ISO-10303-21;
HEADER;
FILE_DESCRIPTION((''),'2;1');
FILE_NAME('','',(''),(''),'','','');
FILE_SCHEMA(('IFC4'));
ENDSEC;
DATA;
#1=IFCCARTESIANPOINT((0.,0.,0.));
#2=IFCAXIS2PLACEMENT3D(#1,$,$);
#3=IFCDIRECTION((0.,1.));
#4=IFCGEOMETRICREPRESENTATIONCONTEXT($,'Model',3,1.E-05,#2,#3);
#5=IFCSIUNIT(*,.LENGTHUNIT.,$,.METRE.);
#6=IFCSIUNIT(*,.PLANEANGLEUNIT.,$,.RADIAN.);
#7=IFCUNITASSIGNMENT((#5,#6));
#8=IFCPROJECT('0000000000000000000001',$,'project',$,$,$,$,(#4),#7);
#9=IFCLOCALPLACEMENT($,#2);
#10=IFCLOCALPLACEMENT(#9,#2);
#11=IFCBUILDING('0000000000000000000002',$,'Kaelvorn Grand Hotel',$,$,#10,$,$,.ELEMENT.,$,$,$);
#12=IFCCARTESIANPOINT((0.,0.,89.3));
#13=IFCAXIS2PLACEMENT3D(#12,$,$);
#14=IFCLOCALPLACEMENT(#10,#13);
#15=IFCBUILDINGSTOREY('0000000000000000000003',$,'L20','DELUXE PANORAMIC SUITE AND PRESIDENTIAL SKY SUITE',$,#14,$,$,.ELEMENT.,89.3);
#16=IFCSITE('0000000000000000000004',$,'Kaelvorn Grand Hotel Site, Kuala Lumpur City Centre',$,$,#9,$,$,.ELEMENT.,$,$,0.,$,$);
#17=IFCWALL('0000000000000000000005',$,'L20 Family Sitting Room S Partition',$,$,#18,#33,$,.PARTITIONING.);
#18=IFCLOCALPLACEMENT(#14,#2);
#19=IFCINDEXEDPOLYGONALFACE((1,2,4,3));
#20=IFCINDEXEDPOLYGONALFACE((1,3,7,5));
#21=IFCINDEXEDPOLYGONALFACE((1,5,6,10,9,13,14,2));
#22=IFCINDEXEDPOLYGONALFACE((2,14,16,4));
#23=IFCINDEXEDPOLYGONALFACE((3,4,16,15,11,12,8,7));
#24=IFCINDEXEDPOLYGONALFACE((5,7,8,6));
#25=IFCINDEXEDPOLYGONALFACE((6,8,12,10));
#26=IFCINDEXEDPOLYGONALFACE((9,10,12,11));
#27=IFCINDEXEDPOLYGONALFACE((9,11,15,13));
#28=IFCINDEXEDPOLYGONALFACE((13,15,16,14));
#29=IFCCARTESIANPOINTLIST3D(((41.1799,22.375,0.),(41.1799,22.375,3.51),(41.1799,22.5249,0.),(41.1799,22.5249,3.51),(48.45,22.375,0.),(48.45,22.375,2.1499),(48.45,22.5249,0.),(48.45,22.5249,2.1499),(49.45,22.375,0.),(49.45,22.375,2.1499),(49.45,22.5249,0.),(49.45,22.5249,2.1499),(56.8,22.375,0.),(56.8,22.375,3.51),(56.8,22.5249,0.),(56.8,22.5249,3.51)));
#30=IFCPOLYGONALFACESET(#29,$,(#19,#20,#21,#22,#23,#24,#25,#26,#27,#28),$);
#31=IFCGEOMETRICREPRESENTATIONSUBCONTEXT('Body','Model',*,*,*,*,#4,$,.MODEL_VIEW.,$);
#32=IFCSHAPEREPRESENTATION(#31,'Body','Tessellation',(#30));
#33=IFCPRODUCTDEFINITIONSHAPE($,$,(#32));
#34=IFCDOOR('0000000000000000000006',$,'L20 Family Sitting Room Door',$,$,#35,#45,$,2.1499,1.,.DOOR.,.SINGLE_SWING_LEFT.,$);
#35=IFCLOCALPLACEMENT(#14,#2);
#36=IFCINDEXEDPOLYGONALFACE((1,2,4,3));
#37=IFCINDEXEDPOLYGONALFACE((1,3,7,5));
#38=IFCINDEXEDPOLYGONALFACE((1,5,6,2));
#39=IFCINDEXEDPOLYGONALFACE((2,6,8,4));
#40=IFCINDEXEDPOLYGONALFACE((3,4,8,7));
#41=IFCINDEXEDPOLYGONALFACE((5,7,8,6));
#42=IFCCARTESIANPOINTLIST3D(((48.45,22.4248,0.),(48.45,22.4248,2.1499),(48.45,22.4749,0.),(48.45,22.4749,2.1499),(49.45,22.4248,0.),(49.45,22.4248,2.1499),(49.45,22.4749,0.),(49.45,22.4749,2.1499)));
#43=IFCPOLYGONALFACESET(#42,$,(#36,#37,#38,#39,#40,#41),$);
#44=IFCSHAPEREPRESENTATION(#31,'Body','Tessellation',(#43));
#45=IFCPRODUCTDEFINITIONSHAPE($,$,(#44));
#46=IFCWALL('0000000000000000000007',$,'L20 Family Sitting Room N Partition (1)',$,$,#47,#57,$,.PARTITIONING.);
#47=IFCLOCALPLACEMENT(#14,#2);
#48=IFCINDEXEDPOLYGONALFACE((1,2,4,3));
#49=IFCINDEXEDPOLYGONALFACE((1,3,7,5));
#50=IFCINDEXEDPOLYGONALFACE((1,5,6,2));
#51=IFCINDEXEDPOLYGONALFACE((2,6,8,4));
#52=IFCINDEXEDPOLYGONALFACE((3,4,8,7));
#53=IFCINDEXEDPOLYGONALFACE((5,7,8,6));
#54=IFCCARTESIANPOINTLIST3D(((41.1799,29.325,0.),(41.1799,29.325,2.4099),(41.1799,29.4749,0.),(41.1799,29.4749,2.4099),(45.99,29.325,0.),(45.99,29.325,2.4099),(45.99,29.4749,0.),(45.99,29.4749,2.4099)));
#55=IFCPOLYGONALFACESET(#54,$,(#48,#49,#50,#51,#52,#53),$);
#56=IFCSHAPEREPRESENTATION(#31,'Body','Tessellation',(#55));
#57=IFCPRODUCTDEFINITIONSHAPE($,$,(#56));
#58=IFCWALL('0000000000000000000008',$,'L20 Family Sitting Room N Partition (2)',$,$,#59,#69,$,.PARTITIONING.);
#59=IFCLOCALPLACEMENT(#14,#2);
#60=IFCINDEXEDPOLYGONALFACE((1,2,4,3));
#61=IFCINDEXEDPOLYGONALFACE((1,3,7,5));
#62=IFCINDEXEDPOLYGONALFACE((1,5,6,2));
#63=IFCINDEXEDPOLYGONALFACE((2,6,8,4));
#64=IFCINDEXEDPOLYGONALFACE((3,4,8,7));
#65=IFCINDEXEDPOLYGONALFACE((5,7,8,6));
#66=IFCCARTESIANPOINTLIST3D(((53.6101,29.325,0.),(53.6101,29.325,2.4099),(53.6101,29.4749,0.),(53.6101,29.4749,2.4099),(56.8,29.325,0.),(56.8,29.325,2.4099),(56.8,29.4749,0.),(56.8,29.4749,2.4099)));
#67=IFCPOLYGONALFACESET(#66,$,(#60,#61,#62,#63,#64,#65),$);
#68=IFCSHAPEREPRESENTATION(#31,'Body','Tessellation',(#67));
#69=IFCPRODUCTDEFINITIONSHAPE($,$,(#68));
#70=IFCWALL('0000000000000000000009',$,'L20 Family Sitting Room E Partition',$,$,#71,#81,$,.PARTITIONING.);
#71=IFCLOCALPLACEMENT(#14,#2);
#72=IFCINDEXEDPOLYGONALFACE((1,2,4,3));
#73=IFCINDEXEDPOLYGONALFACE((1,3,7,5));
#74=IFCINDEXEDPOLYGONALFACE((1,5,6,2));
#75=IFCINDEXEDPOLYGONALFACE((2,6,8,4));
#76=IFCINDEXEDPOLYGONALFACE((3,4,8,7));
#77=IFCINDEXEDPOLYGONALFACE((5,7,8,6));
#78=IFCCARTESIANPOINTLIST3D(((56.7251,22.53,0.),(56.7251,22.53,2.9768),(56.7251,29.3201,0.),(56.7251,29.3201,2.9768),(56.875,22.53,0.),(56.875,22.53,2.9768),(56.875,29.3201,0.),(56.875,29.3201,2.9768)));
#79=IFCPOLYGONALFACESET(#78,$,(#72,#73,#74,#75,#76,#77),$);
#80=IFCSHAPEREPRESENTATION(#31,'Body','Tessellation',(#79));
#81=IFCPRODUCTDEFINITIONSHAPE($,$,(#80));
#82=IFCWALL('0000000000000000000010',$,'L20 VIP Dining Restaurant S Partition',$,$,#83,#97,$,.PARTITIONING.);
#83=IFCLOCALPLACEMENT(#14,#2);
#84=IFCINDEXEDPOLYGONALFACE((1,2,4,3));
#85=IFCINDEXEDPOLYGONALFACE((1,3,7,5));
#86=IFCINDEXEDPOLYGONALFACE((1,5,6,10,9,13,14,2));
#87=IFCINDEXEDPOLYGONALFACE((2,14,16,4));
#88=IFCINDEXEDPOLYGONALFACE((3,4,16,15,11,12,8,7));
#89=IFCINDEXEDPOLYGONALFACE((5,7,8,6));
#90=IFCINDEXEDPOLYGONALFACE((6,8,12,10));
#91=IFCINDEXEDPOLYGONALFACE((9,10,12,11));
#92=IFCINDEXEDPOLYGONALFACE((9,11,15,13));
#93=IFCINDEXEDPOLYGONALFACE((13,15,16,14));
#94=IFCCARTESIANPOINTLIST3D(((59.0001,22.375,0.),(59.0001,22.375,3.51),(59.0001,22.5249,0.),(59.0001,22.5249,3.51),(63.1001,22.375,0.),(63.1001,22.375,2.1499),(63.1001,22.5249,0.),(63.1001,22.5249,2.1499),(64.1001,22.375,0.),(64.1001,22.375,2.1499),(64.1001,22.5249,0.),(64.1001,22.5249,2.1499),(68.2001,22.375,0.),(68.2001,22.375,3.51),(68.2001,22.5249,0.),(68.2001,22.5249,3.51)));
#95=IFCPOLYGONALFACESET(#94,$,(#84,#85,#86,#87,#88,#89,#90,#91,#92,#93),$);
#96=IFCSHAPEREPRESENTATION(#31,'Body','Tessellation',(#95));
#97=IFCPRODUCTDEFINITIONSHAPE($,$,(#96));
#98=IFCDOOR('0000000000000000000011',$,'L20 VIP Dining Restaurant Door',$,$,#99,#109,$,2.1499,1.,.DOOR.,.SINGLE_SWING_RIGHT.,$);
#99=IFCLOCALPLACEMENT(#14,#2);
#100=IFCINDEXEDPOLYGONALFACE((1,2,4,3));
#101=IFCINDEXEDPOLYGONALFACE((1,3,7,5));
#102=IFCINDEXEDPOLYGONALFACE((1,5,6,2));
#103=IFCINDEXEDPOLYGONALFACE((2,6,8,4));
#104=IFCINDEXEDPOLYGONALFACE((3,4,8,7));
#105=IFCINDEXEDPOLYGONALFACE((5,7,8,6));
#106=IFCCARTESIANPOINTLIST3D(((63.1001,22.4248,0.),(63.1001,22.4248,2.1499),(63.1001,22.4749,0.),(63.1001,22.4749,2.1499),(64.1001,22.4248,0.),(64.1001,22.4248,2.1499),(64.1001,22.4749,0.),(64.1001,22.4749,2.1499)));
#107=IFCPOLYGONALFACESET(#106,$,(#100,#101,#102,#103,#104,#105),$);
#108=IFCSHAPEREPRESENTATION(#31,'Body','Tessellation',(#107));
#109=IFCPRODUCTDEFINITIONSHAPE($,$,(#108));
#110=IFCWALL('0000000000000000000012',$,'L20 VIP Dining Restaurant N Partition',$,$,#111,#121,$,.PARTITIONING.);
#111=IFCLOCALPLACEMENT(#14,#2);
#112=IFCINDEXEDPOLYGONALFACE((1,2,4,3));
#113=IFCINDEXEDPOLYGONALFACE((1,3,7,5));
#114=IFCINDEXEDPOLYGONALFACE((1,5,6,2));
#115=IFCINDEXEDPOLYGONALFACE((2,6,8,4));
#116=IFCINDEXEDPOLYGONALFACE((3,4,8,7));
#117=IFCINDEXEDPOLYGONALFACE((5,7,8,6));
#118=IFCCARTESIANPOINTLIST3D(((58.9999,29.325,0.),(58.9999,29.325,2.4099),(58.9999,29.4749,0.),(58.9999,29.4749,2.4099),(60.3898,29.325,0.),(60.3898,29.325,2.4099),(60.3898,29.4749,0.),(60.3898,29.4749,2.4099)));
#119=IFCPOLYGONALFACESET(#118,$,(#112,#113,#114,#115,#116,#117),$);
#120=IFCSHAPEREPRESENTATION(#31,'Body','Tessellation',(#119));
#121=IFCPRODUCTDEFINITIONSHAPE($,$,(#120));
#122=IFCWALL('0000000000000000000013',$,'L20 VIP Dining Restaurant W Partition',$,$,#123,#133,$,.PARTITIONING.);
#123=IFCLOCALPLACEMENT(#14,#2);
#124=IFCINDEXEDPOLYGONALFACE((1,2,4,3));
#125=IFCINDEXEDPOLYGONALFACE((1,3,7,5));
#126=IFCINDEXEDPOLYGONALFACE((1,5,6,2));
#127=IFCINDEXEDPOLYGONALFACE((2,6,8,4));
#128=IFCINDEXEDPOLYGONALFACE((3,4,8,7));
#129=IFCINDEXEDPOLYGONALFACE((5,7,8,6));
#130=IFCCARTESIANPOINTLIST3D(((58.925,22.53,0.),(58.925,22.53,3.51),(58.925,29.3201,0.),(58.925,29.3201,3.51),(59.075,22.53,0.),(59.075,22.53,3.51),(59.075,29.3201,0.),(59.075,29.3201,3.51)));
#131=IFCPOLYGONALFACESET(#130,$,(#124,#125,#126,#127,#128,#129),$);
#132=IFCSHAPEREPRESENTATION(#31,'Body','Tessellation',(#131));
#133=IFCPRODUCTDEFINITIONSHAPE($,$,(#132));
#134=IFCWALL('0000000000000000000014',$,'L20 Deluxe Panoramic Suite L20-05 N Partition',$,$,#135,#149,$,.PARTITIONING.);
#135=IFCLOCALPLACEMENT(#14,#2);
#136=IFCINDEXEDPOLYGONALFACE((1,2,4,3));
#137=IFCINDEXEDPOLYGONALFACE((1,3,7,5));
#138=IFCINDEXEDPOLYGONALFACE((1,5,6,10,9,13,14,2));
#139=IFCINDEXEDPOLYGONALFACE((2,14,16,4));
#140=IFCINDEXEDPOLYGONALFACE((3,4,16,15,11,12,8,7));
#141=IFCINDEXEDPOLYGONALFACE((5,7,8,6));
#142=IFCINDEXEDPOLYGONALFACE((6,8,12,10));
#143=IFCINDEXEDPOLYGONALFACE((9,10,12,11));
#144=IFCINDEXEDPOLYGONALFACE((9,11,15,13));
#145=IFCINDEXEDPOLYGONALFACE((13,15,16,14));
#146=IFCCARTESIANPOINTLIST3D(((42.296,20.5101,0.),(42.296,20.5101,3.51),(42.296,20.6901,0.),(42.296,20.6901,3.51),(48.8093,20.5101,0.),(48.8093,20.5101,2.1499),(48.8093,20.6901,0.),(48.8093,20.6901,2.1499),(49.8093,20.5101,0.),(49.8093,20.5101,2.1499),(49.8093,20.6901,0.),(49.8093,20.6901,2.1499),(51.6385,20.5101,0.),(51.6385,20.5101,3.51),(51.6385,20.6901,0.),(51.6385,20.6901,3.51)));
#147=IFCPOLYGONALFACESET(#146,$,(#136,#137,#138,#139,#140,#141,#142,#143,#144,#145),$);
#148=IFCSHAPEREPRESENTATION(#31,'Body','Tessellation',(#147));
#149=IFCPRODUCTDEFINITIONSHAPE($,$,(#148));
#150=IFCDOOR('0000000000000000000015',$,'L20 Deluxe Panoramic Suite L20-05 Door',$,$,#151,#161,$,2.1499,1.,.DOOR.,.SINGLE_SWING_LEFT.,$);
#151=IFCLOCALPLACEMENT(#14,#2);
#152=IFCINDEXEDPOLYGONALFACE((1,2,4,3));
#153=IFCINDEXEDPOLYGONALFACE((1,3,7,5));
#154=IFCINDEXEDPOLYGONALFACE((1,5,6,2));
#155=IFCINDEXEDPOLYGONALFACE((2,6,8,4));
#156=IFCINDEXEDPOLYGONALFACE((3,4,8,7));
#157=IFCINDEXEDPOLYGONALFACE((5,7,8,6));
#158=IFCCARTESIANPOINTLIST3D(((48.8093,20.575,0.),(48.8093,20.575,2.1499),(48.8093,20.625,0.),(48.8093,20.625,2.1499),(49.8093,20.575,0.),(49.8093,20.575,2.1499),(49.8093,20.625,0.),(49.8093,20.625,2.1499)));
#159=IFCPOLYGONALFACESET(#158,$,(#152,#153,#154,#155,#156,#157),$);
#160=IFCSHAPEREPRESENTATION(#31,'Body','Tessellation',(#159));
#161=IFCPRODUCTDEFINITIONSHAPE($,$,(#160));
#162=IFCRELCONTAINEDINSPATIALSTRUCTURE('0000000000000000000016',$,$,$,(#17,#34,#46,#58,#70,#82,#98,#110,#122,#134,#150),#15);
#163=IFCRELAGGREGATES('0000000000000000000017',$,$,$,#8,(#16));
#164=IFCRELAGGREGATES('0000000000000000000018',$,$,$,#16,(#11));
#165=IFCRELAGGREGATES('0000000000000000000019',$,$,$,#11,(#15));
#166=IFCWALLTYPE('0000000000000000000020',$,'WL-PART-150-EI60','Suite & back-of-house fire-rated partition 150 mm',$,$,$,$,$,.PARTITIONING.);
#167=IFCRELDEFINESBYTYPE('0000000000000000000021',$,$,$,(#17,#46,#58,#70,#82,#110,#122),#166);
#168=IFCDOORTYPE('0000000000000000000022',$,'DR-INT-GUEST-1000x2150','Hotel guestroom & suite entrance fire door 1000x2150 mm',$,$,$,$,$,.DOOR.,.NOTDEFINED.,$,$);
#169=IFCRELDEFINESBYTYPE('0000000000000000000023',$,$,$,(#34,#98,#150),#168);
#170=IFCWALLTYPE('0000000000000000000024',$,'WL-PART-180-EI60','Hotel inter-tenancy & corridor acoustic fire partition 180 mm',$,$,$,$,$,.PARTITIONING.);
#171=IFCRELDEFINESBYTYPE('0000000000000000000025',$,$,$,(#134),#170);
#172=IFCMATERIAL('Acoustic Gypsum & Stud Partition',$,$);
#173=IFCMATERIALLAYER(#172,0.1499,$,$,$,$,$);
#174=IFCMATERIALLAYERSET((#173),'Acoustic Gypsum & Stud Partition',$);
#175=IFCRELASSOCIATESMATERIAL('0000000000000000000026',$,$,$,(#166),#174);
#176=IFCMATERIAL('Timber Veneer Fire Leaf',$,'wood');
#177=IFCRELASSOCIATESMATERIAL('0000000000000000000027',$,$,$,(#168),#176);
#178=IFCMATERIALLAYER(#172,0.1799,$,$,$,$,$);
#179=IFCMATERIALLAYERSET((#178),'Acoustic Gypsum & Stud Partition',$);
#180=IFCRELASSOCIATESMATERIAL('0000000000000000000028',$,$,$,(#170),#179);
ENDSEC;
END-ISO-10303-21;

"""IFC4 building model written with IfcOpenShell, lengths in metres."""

from ifc_helpers import new_model, si_unit, direction, frame, frame_2d, origin, place, context, subcontext, project, spatial, rectangle, extrude, material, layer, layer_set, type_object, element, fill, save


model = new_model("IFC4")

# Units and contexts
model_context = context("Model", 3, precision=1e-05, world=origin(), true_north=direction((0.0, 1.0)))
body_context = subcontext(model_context, "Body", "Model", "MODEL_VIEW")
ifc_project = project(units=[si_unit("LENGTHUNIT", "METRE"), si_unit("PLANEANGLEUNIT", "RADIAN")], contexts=[model_context])

# Site, building, storey
site_placement = place(None, origin())
site = spatial("IfcSite", under=ifc_project, at=site_placement, Name="Kaelvorn Grand Hotel Site, Kuala Lumpur City Centre", CompositionType="ELEMENT", RefElevation=0.0)
building_placement = place(site_placement, origin())
building = spatial("IfcBuilding", under=site, at=building_placement, Name="Kaelvorn Grand Hotel", CompositionType="ELEMENT")
storey_placement = place(building_placement, frame((0.0, 0.0, 89.3)))
storey = spatial("IfcBuildingStorey", under=building, at=storey_placement, Name="L20", Description="DELUXE PANORAMIC SUITE AND PRESIDENTIAL SKY SUITE", CompositionType="ELEMENT", Elevation=89.3)

# Wall, opening, door
ifc_material_1 = material(Name="Acoustic Gypsum & Stud Partition")
ifc_layer_1 = layer(ifc_material_1, 0.1499)
ifc_layer_set_1 = layer_set([ifc_layer_1], Name="Acoustic Gypsum & Stud Partition")
wall_type_1 = type_object("IfcWallType", Name="WL-PART-150-EI60", Description="Suite & back-of-house fire-rated partition 150 mm", PredefinedType="PARTITIONING", material=ifc_layer_set_1)
wall_1_placement = place(storey_placement, frame((41.1799, 22.45, 0.0), z_axis=(0.0, 0.0, 1.0), x_axis=(1.0, 0.0, 0.0)))
wall_1 = element("IfcWall", 1, at=wall_1_placement, inside=storey, type_object=wall_type_1, Name="L20 Family Sitting Room S Partition", PredefinedType="PARTITIONING", context=body_context, shape_type="SweptSolid", body=[
    extrude(rectangle(XDim=15.6201, YDim=0.1499, at=frame_2d((7.8101, 0.0))), origin(), (0.0, 0.0, 1.0), 3.51),
])
opening_1_placement = place(wall_1_placement, frame((7.27, 0.0, 0.0)))
opening_1 = element("IfcOpeningElement", 2, at=opening_1_placement, cuts=wall_1, PredefinedType="OPENING", context=body_context, shape_type="SweptSolid", body=[
    extrude(rectangle(XDim=1.0, YDim=2.1499, at=frame_2d((0.5, 1.075))), frame((0.0, 0.085, 0.0), z_axis=(0.0, -1.0, 0.0), x_axis=(1.0, 0.0, 0.0)), (0.0, 0.0, 1.0), 0.1699),
])
ifc_material_2 = material(Name="Timber Veneer Fire Leaf", Category="wood")
door_type_1 = type_object("IfcDoorType", Name="DR-INT-GUEST-1000x2150", Description="Hotel guestroom & suite entrance fire door 1000x2150 mm", OperationType="NOTDEFINED", PredefinedType="DOOR", material=ifc_material_2)
door_1_placement = place(opening_1_placement, origin())
door_1 = element("IfcDoor", 3, at=door_1_placement, inside=storey, type_object=door_type_1, Name="L20 Family Sitting Room Door", OperationType="SINGLE_SWING_LEFT", OverallHeight=2.1499, OverallWidth=1.0, PredefinedType="DOOR", context=body_context, shape_type="SweptSolid", body=[
    extrude(rectangle(XDim=1.0, YDim=2.1499, at=frame_2d((0.5, 1.075))), frame((0.0, 0.0249, 0.0), z_axis=(0.0, -1.0, 0.0), x_axis=(1.0, 0.0, 0.0)), (0.0, 0.0, 1.0), 0.05),
])
fill(opening_1, door_1)

# Walls
wall_2_placement = place(storey_placement, frame((41.1799, 29.3999, 0.0), z_axis=(0.0, 0.0, 1.0), x_axis=(1.0, 0.0, 0.0)))
element("IfcWall", 4, at=wall_2_placement, inside=storey, type_object=wall_type_1, Name="L20 Family Sitting Room N Partition (1)", PredefinedType="PARTITIONING", context=body_context, shape_type="SweptSolid", body=[
    extrude(rectangle(XDim=4.8101, YDim=0.1499, at=frame_2d((2.405, 0.0))), origin(), (0.0, 0.0, 1.0), 2.4099),
])
wall_3_placement = place(storey_placement, frame((53.6101, 29.3999, 0.0), z_axis=(0.0, 0.0, 1.0), x_axis=(1.0, 0.0, 0.0)))
element("IfcWall", 5, at=wall_3_placement, inside=storey, type_object=wall_type_1, Name="L20 Family Sitting Room N Partition (2)", PredefinedType="PARTITIONING", context=body_context, shape_type="SweptSolid", body=[
    extrude(rectangle(XDim=3.1899, YDim=0.1499, at=frame_2d((1.595, 0.0))), origin(), (0.0, 0.0, 1.0), 2.4099),
])
wall_4_placement = place(storey_placement, frame((56.8, 22.53, 0.0), z_axis=(0.0, 0.0, 1.0), x_axis=(0.0, 1.0, 0.0)))
element("IfcWall", 6, at=wall_4_placement, inside=storey, type_object=wall_type_1, Name="L20 Family Sitting Room E Partition", PredefinedType="PARTITIONING", context=body_context, shape_type="SweptSolid", body=[
    extrude(rectangle(XDim=6.79, YDim=0.1499, at=frame_2d((3.395, 0.0))), origin(), (0.0, 0.0, 1.0), 2.9768),
])

# Wall, opening, door
wall_5_placement = place(storey_placement, frame((59.0, 22.45, 0.0), z_axis=(0.0, 0.0, 1.0), x_axis=(1.0, 0.0, 0.0)))
wall_5 = element("IfcWall", 7, at=wall_5_placement, inside=storey, type_object=wall_type_1, Name="L20 VIP Dining Restaurant S Partition", PredefinedType="PARTITIONING", context=body_context, shape_type="SweptSolid", body=[
    extrude(rectangle(XDim=9.2, YDim=0.1499, at=frame_2d((4.6001, 0.0))), origin(), (0.0, 0.0, 1.0), 3.51),
])
opening_2_placement = place(wall_5_placement, frame((4.1001, 0.0, 0.0)))
opening_2 = element("IfcOpeningElement", 8, at=opening_2_placement, cuts=wall_5, PredefinedType="OPENING", context=body_context, shape_type="SweptSolid", body=[
    extrude(rectangle(XDim=1.0, YDim=2.1499, at=frame_2d((0.5, 1.075))), frame((0.0, 0.085, 0.0), z_axis=(0.0, -1.0, 0.0), x_axis=(1.0, 0.0, 0.0)), (0.0, 0.0, 1.0), 0.1699),
])
door_2_placement = place(opening_2_placement, origin())
door_2 = element("IfcDoor", 9, at=door_2_placement, inside=storey, type_object=door_type_1, Name="L20 VIP Dining Restaurant Door", OperationType="SINGLE_SWING_RIGHT", OverallHeight=2.1499, OverallWidth=1.0, PredefinedType="DOOR", context=body_context, shape_type="SweptSolid", body=[
    extrude(rectangle(XDim=1.0, YDim=2.1499, at=frame_2d((0.5, 1.075))), frame((0.0, 0.0249, 0.0), z_axis=(0.0, -1.0, 0.0), x_axis=(1.0, 0.0, 0.0)), (0.0, 0.0, 1.0), 0.05),
])
fill(opening_2, door_2)

# Walls
wall_6_placement = place(storey_placement, frame((59.0, 29.3999, 0.0), z_axis=(0.0, 0.0, 1.0), x_axis=(1.0, 0.0, 0.0)))
element("IfcWall", 10, at=wall_6_placement, inside=storey, type_object=wall_type_1, Name="L20 VIP Dining Restaurant N Partition", PredefinedType="PARTITIONING", context=body_context, shape_type="SweptSolid", body=[
    extrude(rectangle(XDim=1.3899, YDim=0.1499, at=frame_2d((0.6948, 0.0))), origin(), (0.0, 0.0, 1.0), 2.4099),
])
wall_7_placement = place(storey_placement, frame((59.0, 22.53, 0.0), z_axis=(0.0, 0.0, 1.0), x_axis=(0.0, 1.0, 0.0)))
element("IfcWall", 11, at=wall_7_placement, inside=storey, type_object=wall_type_1, Name="L20 VIP Dining Restaurant W Partition", PredefinedType="PARTITIONING", context=body_context, shape_type="SweptSolid", body=[
    extrude(rectangle(XDim=6.79, YDim=0.1499, at=frame_2d((3.395, 0.0))), origin(), (0.0, 0.0, 1.0), 3.51),
])

# Wall, opening, door
ifc_layer_2 = layer(ifc_material_1, 0.1799)
ifc_layer_set_2 = layer_set([ifc_layer_2], Name="Acoustic Gypsum & Stud Partition")
wall_type_2 = type_object("IfcWallType", Name="WL-PART-180-EI60", Description="Hotel inter-tenancy & corridor acoustic fire partition 180 mm", PredefinedType="PARTITIONING", material=ifc_layer_set_2)
wall_8_placement = place(storey_placement, frame((42.2959, 20.6001, 0.0), z_axis=(0.0, 0.0, 1.0), x_axis=(1.0, 0.0, 0.0)))
wall_8 = element("IfcWall", 12, at=wall_8_placement, inside=storey, type_object=wall_type_2, Name="L20 Deluxe Panoramic Suite L20-05 N Partition", PredefinedType="PARTITIONING", context=body_context, shape_type="SweptSolid", body=[
    extrude(rectangle(XDim=9.3425, YDim=0.1799, at=frame_2d((4.6714, 0.0))), origin(), (0.0, 0.0, 1.0), 3.51),
])
opening_3_placement = place(wall_8_placement, frame((6.5134, 0.0, 0.0)))
opening_3 = element("IfcOpeningElement", 13, at=opening_3_placement, cuts=wall_8, PredefinedType="OPENING", context=body_context, shape_type="SweptSolid", body=[
    extrude(rectangle(XDim=1.0, YDim=2.1499, at=frame_2d((0.5, 1.075))), frame((0.0, 0.1001, 0.0), z_axis=(0.0, -1.0, 0.0), x_axis=(1.0, 0.0, 0.0)), (0.0, 0.0, 1.0), 0.2),
])
door_3_placement = place(opening_3_placement, origin())
door_3 = element("IfcDoor", 14, at=door_3_placement, inside=storey, type_object=door_type_1, Name="L20 Deluxe Panoramic Suite L20-05 Door", OperationType="SINGLE_SWING_LEFT", OverallHeight=2.1499, OverallWidth=1.0, PredefinedType="DOOR", context=body_context, shape_type="SweptSolid", body=[
    extrude(rectangle(XDim=1.0, YDim=2.1499, at=frame_2d((0.5, 1.075))), frame((0.0, 0.0249, 0.0), z_axis=(0.0, -1.0, 0.0), x_axis=(1.0, 0.0, 0.0)), (0.0, 0.0, 1.0), 0.05),
])
fill(opening_3, door_3)

save(model, "model.ifc")
